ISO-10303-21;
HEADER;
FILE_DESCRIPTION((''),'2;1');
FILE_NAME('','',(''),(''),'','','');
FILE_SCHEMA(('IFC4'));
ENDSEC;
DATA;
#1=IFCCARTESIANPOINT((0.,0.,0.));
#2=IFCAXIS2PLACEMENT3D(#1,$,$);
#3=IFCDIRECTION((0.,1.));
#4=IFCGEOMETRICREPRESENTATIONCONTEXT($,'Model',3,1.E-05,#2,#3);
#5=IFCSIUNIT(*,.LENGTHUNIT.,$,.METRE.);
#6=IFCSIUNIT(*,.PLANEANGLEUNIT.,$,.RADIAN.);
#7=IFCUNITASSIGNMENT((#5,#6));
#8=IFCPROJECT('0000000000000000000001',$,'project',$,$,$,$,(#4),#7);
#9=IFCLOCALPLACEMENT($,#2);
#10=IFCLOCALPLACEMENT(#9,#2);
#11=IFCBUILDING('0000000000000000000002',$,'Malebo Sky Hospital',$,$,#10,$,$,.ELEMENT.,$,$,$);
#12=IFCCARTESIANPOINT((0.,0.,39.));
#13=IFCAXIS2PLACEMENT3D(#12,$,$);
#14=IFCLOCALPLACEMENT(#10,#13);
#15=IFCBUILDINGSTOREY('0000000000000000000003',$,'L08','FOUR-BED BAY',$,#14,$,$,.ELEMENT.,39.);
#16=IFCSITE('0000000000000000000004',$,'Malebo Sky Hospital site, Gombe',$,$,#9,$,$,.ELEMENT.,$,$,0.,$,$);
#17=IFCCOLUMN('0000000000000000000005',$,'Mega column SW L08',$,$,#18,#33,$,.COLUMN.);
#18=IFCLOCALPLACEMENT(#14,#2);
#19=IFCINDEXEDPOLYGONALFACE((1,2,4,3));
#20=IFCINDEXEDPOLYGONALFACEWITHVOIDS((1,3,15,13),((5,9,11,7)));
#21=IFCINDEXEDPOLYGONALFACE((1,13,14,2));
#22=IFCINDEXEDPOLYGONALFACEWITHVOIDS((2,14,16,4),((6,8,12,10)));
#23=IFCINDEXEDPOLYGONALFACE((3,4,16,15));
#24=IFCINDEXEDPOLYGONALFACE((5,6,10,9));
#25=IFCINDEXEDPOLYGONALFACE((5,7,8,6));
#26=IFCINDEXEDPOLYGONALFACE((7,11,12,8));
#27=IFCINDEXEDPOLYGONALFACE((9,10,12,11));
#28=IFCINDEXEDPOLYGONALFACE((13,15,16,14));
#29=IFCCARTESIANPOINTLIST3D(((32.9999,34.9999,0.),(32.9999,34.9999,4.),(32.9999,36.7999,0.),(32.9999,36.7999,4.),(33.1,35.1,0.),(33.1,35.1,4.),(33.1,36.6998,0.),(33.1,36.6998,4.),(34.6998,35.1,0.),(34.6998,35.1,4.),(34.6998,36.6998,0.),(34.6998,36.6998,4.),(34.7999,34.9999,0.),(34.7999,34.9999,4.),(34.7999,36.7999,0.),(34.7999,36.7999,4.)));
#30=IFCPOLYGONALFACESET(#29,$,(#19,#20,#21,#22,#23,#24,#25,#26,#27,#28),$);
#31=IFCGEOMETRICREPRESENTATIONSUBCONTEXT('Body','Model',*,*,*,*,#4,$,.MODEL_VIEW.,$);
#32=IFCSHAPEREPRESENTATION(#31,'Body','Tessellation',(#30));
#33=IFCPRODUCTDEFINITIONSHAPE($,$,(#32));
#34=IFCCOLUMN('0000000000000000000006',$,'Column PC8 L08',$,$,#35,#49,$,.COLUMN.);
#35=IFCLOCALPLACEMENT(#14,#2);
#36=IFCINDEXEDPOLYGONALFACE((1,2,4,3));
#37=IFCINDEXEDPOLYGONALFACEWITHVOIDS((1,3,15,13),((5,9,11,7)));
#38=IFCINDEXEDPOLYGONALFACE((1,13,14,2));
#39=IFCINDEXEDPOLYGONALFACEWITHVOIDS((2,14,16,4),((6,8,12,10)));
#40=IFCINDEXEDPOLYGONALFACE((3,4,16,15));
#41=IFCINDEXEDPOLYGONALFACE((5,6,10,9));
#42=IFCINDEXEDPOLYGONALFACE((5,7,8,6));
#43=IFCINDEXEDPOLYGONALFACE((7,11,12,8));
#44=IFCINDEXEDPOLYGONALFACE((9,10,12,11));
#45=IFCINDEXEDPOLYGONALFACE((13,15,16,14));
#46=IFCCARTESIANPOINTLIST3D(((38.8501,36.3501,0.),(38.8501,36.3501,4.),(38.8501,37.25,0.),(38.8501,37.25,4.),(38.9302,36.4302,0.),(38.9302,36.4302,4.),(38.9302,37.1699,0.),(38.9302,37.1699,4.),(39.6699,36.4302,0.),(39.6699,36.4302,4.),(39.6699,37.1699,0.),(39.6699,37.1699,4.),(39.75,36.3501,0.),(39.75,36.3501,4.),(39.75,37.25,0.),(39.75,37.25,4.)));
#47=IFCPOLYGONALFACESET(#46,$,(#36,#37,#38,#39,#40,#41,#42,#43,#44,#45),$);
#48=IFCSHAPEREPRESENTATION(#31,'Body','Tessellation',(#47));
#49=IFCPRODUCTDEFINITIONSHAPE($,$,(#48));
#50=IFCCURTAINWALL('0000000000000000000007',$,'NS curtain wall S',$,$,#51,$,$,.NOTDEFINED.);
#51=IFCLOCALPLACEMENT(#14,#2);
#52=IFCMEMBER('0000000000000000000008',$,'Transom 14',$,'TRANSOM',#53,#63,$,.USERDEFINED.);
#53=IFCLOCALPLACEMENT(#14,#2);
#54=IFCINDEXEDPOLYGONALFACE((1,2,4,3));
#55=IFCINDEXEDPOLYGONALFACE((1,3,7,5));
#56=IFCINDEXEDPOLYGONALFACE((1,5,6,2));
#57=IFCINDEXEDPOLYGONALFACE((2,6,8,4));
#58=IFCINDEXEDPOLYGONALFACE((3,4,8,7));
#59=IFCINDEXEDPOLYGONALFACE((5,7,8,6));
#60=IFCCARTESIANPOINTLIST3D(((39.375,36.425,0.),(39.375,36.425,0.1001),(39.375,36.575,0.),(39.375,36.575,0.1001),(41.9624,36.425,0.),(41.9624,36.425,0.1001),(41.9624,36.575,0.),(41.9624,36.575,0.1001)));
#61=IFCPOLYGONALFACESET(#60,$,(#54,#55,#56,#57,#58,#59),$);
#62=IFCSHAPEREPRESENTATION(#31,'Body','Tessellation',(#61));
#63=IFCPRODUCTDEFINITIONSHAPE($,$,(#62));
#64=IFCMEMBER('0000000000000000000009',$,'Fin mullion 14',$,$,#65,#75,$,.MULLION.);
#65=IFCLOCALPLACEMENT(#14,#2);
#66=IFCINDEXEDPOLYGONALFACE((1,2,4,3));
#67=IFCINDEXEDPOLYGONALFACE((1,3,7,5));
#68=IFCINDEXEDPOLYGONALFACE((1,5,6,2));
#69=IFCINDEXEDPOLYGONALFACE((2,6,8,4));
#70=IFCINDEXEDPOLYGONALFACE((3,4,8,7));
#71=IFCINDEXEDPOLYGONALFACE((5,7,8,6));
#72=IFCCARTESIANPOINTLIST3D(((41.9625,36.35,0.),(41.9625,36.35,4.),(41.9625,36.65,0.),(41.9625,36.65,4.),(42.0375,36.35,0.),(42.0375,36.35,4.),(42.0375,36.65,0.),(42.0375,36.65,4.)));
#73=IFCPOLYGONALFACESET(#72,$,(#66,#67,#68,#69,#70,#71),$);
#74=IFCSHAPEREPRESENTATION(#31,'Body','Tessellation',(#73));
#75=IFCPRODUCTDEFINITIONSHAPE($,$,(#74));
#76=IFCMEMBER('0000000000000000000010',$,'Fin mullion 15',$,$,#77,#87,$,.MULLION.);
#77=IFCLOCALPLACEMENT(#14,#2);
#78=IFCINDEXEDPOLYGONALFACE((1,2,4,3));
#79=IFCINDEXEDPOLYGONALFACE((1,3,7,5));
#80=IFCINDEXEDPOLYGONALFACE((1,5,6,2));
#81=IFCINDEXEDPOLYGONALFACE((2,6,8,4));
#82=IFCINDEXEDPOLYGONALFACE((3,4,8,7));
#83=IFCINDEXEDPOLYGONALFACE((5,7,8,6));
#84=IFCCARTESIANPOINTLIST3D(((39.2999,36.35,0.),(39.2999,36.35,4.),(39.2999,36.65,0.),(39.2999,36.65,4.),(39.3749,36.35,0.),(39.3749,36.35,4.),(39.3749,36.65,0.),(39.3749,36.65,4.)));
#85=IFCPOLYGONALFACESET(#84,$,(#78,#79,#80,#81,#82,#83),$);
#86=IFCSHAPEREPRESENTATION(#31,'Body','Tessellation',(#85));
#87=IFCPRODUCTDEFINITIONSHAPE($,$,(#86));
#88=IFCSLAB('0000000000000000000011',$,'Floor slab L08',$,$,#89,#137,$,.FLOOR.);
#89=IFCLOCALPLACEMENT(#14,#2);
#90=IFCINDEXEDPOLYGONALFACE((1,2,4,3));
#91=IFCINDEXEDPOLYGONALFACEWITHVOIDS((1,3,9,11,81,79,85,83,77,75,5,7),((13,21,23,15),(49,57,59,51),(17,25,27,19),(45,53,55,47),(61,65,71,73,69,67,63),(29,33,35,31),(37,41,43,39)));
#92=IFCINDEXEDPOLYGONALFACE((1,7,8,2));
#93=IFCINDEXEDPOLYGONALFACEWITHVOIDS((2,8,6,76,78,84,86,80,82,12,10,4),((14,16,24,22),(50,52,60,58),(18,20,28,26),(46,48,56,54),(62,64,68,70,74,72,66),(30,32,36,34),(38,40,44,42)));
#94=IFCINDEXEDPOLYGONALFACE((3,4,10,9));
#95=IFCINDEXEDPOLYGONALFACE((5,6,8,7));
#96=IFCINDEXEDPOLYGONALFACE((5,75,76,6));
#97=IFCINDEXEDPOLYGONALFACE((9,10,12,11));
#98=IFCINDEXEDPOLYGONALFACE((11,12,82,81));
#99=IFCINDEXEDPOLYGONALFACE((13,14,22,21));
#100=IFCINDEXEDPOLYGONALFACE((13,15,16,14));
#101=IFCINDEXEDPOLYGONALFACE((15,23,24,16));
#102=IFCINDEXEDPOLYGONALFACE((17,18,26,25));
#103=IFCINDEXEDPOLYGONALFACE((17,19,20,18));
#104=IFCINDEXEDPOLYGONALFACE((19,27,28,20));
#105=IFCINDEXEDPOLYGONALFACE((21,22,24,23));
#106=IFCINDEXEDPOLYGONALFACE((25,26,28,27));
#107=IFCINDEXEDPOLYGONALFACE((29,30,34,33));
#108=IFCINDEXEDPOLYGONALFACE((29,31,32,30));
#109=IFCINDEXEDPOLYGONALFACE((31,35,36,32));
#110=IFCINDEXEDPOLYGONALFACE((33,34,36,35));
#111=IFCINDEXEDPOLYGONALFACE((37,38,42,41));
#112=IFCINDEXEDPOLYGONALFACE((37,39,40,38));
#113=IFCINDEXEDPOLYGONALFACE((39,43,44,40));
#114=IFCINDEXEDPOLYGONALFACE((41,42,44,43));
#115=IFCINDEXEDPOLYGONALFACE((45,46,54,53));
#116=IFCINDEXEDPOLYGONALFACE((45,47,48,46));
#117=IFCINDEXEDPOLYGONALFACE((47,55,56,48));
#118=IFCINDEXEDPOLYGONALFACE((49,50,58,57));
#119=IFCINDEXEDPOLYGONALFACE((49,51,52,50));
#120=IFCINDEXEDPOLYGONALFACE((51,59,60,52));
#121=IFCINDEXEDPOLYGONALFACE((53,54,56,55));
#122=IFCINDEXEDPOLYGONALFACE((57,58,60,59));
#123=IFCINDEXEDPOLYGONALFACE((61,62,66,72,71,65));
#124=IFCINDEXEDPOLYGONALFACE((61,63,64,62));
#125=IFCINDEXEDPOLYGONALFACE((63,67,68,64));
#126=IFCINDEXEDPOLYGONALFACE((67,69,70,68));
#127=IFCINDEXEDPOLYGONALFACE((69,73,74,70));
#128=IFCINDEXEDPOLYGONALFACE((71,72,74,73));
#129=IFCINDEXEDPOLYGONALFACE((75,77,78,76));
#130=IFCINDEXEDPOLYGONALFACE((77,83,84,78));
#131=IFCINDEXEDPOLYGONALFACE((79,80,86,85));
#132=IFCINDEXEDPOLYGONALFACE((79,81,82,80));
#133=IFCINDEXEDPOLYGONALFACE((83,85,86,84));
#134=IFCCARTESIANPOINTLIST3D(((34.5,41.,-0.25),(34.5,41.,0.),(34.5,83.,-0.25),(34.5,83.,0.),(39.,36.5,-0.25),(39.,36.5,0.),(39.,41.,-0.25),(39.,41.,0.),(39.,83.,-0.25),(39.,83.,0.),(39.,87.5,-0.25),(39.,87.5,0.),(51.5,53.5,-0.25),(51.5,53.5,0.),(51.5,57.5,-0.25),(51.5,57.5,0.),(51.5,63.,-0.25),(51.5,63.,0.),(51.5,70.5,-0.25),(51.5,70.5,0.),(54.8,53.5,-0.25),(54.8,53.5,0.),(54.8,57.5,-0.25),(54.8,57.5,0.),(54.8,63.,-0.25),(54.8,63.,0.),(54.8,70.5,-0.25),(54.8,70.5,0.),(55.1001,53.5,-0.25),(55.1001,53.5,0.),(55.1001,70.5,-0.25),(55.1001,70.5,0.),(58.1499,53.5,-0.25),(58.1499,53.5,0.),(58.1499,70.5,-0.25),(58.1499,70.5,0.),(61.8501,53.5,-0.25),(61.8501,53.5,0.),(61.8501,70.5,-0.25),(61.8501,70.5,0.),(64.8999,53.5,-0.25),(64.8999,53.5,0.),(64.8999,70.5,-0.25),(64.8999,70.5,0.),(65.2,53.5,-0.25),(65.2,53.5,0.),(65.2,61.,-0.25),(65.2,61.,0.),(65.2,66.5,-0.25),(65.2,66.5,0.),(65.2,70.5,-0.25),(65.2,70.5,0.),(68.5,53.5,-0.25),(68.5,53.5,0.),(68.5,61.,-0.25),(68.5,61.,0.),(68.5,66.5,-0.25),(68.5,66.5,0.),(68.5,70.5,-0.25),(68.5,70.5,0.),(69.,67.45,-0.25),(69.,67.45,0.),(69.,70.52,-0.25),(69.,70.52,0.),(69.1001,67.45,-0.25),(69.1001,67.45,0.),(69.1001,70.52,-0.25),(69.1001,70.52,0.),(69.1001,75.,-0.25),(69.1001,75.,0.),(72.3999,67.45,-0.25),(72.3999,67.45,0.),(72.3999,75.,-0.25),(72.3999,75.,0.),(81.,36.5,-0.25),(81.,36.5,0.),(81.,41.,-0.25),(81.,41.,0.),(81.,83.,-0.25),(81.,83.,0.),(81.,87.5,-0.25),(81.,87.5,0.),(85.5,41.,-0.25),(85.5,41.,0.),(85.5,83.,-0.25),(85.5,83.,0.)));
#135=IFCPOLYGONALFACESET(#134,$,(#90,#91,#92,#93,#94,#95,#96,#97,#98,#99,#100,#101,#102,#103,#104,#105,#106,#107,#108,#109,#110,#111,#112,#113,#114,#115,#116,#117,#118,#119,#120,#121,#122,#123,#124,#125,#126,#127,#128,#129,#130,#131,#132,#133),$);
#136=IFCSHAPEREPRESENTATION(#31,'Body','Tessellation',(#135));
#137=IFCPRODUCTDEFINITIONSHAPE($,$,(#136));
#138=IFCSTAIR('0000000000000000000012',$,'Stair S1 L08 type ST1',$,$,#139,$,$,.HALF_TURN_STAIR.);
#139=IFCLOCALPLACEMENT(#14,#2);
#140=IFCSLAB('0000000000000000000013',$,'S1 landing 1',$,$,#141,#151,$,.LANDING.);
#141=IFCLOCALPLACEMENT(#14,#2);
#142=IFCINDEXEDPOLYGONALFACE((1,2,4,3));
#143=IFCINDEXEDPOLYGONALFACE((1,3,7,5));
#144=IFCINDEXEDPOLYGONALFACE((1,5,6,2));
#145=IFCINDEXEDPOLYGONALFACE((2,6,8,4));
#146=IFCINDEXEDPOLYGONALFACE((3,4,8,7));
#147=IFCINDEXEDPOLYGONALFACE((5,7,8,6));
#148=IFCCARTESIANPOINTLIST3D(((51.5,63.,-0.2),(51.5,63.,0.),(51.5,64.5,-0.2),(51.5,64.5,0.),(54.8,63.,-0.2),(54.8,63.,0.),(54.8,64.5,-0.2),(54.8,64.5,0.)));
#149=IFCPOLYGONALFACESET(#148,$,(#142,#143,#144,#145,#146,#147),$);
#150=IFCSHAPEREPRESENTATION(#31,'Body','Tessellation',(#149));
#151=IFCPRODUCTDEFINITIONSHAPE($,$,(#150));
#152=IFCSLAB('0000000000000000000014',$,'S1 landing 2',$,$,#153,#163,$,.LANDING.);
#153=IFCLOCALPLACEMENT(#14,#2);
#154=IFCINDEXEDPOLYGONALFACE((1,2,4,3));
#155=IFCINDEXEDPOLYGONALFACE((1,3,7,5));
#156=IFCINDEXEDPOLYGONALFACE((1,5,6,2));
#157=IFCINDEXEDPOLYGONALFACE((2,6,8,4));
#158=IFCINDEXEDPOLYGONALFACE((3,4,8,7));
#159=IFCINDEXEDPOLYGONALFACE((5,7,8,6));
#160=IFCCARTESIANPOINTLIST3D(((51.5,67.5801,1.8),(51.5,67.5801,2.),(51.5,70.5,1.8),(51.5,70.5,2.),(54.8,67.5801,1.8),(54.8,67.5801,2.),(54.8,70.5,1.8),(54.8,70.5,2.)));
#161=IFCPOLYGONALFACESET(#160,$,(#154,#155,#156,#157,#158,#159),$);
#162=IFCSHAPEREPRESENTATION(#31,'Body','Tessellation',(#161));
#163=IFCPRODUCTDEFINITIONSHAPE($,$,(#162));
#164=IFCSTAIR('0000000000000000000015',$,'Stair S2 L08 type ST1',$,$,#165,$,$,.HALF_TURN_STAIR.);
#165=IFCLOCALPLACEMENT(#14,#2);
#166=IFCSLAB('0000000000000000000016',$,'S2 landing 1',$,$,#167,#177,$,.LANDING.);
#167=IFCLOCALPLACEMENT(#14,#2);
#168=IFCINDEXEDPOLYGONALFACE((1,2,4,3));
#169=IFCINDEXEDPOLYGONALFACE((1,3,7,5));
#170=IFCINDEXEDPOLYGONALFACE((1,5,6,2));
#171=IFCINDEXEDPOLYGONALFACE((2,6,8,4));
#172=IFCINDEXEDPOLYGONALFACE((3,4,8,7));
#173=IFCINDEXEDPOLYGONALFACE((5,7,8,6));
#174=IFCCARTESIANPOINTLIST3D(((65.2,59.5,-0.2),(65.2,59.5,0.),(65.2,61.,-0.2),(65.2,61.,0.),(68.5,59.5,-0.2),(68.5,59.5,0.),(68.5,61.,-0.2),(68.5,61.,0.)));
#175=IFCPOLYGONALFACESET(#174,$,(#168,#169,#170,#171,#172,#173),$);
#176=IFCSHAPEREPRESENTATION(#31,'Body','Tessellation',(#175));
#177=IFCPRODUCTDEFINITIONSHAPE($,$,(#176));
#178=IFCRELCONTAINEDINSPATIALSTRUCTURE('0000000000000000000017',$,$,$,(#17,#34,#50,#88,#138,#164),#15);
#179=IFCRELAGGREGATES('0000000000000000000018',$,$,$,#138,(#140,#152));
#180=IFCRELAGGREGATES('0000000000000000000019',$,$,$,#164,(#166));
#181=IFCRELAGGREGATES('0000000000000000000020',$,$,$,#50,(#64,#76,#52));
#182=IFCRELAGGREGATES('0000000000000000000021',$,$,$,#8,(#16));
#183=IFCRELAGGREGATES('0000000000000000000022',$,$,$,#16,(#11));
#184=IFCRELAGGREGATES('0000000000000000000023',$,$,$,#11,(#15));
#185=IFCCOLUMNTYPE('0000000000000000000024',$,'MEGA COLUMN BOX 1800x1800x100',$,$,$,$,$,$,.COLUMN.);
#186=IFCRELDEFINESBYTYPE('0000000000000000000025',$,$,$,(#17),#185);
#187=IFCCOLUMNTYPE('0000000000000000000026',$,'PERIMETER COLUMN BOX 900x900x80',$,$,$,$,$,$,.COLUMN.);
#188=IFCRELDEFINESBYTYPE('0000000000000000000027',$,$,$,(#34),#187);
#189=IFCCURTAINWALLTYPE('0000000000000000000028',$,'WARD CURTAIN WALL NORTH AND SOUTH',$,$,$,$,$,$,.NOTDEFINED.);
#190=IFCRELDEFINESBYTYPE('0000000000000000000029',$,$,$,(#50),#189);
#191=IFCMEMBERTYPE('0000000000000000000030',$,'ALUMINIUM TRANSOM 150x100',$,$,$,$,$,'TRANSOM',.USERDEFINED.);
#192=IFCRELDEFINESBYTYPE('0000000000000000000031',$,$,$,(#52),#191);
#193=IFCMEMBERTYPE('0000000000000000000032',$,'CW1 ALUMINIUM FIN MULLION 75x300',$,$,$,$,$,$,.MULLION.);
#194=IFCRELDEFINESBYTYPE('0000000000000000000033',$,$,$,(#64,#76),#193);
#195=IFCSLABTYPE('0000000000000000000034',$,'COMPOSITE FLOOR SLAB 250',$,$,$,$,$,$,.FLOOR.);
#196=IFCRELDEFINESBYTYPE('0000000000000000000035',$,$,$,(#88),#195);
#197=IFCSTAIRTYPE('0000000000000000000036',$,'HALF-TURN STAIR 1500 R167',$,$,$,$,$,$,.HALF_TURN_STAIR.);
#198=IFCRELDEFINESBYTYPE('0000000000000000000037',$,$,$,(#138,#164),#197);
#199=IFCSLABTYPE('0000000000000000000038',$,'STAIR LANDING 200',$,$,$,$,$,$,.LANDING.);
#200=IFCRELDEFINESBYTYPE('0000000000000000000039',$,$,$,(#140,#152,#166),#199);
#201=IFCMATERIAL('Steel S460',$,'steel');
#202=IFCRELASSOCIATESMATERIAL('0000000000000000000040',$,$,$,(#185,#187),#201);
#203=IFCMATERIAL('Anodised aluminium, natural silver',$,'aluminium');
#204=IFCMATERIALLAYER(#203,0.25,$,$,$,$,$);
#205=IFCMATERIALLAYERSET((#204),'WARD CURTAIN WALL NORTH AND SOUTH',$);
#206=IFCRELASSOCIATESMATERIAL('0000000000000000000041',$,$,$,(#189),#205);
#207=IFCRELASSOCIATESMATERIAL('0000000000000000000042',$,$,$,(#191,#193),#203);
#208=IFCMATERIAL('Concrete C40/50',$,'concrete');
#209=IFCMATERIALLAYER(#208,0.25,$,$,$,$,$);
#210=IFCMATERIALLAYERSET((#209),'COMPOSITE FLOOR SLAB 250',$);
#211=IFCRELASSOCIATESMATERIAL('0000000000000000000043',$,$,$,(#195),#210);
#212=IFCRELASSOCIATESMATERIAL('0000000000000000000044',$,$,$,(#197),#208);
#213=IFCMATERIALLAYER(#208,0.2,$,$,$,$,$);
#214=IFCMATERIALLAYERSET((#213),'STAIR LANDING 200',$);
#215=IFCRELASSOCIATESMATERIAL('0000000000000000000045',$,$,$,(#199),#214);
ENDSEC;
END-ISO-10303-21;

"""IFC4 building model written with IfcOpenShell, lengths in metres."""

from ifc_helpers import new_model, si_unit, direction, frame, origin, origin_2d, place, context, subcontext, project, spatial, polyline, rectangle, hollow_rectangle, outline, extrude, material, layer, layer_set, material_profile, profile_set, type_object, element, aggregate, save


model = new_model("IFC4")

# Units and contexts
model_context = context("Model", 3, precision=1e-05, world=origin(), true_north=direction((0.0, 1.0)))
body_context = subcontext(model_context, "Body", "Model", "MODEL_VIEW")
ifc_project = project(units=[si_unit("LENGTHUNIT", "METRE"), si_unit("PLANEANGLEUNIT", "RADIAN")], contexts=[model_context])

# Site, building, storey
site_placement = place(None, origin())
site = spatial("IfcSite", under=ifc_project, at=site_placement, Name="Malebo Sky Hospital site, Gombe", CompositionType="ELEMENT", RefElevation=0.0)
building_placement = place(site_placement, origin())
building = spatial("IfcBuilding", under=site, at=building_placement, Name="Malebo Sky Hospital", CompositionType="ELEMENT")
storey_placement = place(building_placement, frame((0.0, 0.0, 39.0)))
storey = spatial("IfcBuildingStorey", under=building, at=storey_placement, Name="L08", Description="FOUR-BED BAY", CompositionType="ELEMENT", Elevation=39.0)

# Columns
ifc_material_1 = material(Name="Steel S460", Category="steel")
ifc_material_profile_1 = material_profile(ifc_material_1, hollow_rectangle(XDim=1.8, YDim=1.8, WallThickness=0.1001, at=origin_2d()), Name="BOX 1800x1800x100")
ifc_profile_set_1 = profile_set([ifc_material_profile_1], Name="Steel S460")
column_type_1 = type_object("IfcColumnType", Name="MEGA COLUMN BOX 1800x1800x100", PredefinedType="COLUMN", material=ifc_profile_set_1)
column_1_placement = place(storey_placement, frame((33.8999, 35.8999, 0.0), z_axis=(0.0, 0.0, 1.0), x_axis=(1.0, 0.0, 0.0)))
element("IfcColumn", 1, at=column_1_placement, inside=storey, type_object=column_type_1, Name="Mega column SW L08", PredefinedType="COLUMN", context=body_context, shape_type="SweptSolid", body=[
    extrude(hollow_rectangle(XDim=1.8, YDim=1.8, WallThickness=0.1001, at=origin_2d()), origin(), (0.0, 0.0, 1.0), 4.0),
])
ifc_material_profile_2 = material_profile(ifc_material_1, hollow_rectangle(XDim=0.8999, YDim=0.8999, WallThickness=0.0801, at=origin_2d()), Name="BOX 900x900x80")
ifc_profile_set_2 = profile_set([ifc_material_profile_2], Name="Steel S460")
column_type_2 = type_object("IfcColumnType", Name="PERIMETER COLUMN BOX 900x900x80", PredefinedType="COLUMN", material=ifc_profile_set_2)
column_2_placement = place(storey_placement, frame((39.3, 36.8, 0.0), z_axis=(0.0, 0.0, 1.0), x_axis=(1.0, 0.0, 0.0)))
element("IfcColumn", 2, at=column_2_placement, inside=storey, type_object=column_type_2, Name="Column PC8 L08", PredefinedType="COLUMN", context=body_context, shape_type="SweptSolid", body=[
    extrude(hollow_rectangle(XDim=0.8999, YDim=0.8999, WallThickness=0.0801, at=origin_2d()), origin(), (0.0, 0.0, 1.0), 4.0),
])

# Curtain wall, members
ifc_material_2 = material(Name="Anodised aluminium, natural silver", Category="aluminium")
ifc_layer_1 = layer(ifc_material_2, 0.25)
ifc_layer_set_1 = layer_set([ifc_layer_1], Name="WARD CURTAIN WALL NORTH AND SOUTH")
curtain_wall_type = type_object("IfcCurtainWallType", Name="WARD CURTAIN WALL NORTH AND SOUTH", PredefinedType="NOTDEFINED", material=ifc_layer_set_1)
curtain_wall_placement = place(storey_placement, origin())
curtain_wall = element("IfcCurtainWall", 3, at=curtain_wall_placement, inside=storey, type_object=curtain_wall_type, Name="NS curtain wall S", PredefinedType="NOTDEFINED")
ifc_material_profile_3 = material_profile(ifc_material_2, rectangle(XDim=0.1499, YDim=0.1001, at=origin_2d()), Name="ALUMINIUM TRANSOM 150x100")
ifc_profile_set_3 = profile_set([ifc_material_profile_3], Name="Anodised aluminium, natural silver")
member_type_1 = type_object("IfcMemberType", Name="ALUMINIUM TRANSOM 150x100", ElementType="TRANSOM", PredefinedType="USERDEFINED", material=ifc_profile_set_3)
member_1_placement = place(storey_placement, frame((41.9624, 36.5, 0.05), z_axis=(-1.0, 0.0, 0.0), x_axis=(0.0, -1.0, 0.0)))
member_1 = element("IfcMember", 4, at=member_1_placement, type_object=member_type_1, Name="Transom 14", ObjectType="TRANSOM", PredefinedType="USERDEFINED", context=body_context, shape_type="SweptSolid", body=[
    extrude(rectangle(XDim=0.1499, YDim=0.1001, at=origin_2d()), origin(), (0.0, 0.0, 1.0), 2.5874),
])
ifc_material_profile_4 = material_profile(ifc_material_2, rectangle(XDim=0.075, YDim=0.3, at=origin_2d()), Name="CW1 ALUMINIUM FIN MULLION 75x300")
ifc_profile_set_4 = profile_set([ifc_material_profile_4], Name="Anodised aluminium, natural silver")
member_type_2 = type_object("IfcMemberType", Name="CW1 ALUMINIUM FIN MULLION 75x300", PredefinedType="MULLION", material=ifc_profile_set_4)
member_2_placement = place(storey_placement, frame((42.0, 36.5, 0.0), z_axis=(0.0, 0.0, 1.0), x_axis=(-1.0, 0.0, 0.0)))
member_2 = element("IfcMember", 5, at=member_2_placement, type_object=member_type_2, Name="Fin mullion 14", PredefinedType="MULLION", context=body_context, shape_type="SweptSolid", body=[
    extrude(rectangle(XDim=0.075, YDim=0.3, at=origin_2d()), origin(), (0.0, 0.0, 1.0), 4.0),
])
member_3_placement = place(storey_placement, frame((39.3374, 36.5, 0.0), z_axis=(0.0, 0.0, 1.0), x_axis=(-1.0, 0.0, 0.0)))
member_3 = element("IfcMember", 6, at=member_3_placement, type_object=member_type_2, Name="Fin mullion 15", PredefinedType="MULLION", context=body_context, shape_type="SweptSolid", body=[
    extrude(rectangle(XDim=0.075, YDim=0.3, at=origin_2d()), origin(), (0.0, 0.0, 1.0), 4.0),
])

# Slab
ifc_material_3 = material(Name="Concrete C40/50", Category="concrete")
ifc_layer_2 = layer(ifc_material_3, 0.25)
ifc_layer_set_2 = layer_set([ifc_layer_2], Name="COMPOSITE FLOOR SLAB 250")
slab_type_1 = type_object("IfcSlabType", Name="COMPOSITE FLOOR SLAB 250", PredefinedType="FLOOR", material=ifc_layer_set_2)
slab_1_placement = place(storey_placement, frame((0.0, 0.0, -0.25)))
element("IfcSlab", 7, at=slab_1_placement, inside=storey, type_object=slab_type_1, Name="Floor slab L08", PredefinedType="FLOOR", context=body_context, shape_type="SweptSolid", body=[
    extrude(outline(polyline([(39.0, 87.5), (39.0, 83.0), (34.5, 83.0), (34.5, 41.0), (39.0, 41.0), (39.0, 36.5), (81.0, 36.5), (81.0, 41.0), (85.5, 41.0), (85.5, 83.0), (81.0, 83.0), (81.0, 87.5), (39.0, 87.5)]), holes=[polyline([(55.1001, 70.5), (58.1499, 70.5), (58.1499, 53.5), (55.1001, 53.5), (55.1001, 70.5)]), polyline([(64.8999, 70.5), (64.8999, 53.5), (61.8501, 53.5), (61.8501, 70.5), (64.8999, 70.5)]), polyline([(54.8, 63.0), (51.5, 63.0), (51.5, 70.5), (54.8, 70.5), (54.8, 63.0)]), polyline([(51.5, 53.5), (51.5, 57.5), (54.8, 57.5), (54.8, 53.5), (51.5, 53.5)]), polyline([(65.2, 61.0), (68.5, 61.0), (68.5, 53.5), (65.2, 53.5), (65.2, 61.0)]), polyline([(68.5, 70.5), (68.5, 66.5), (65.2, 66.5), (65.2, 70.5), (68.5, 70.5)]), polyline([(69.0, 67.45), (69.0, 70.52), (69.1001, 70.52), (69.1001, 75.0), (72.3999, 75.0), (72.3999, 67.45), (69.1001, 67.45), (69.0, 67.45)])]), origin(), (0.0, 0.0, 1.0), 0.25),
])

# Stairs, slabs
stair_type_1 = type_object("IfcStairType", Name="HALF-TURN STAIR 1500 R167", PredefinedType="HALF_TURN_STAIR", material=ifc_material_3)
stair_1_placement = place(storey_placement, origin())
stair_1 = element("IfcStair", 8, at=stair_1_placement, inside=storey, type_object=stair_type_1, Name="Stair S1 L08 type ST1", PredefinedType="HALF_TURN_STAIR")
ifc_layer_3 = layer(ifc_material_3, 0.2)
ifc_layer_set_3 = layer_set([ifc_layer_3], Name="STAIR LANDING 200")
slab_type_2 = type_object("IfcSlabType", Name="STAIR LANDING 200", PredefinedType="LANDING", material=ifc_layer_set_3)
slab_2_placement = place(storey_placement, frame((0.0, 0.0, -0.2)))
slab_2 = element("IfcSlab", 9, at=slab_2_placement, type_object=slab_type_2, Name="S1 landing 1", PredefinedType="LANDING", context=body_context, shape_type="SweptSolid", body=[
    extrude(outline(polyline([(51.5, 63.0), (54.8, 63.0), (54.8, 64.5), (51.5, 64.5), (51.5, 63.0)])), origin(), (0.0, 0.0, 1.0), 0.2),
])
slab_3_placement = place(storey_placement, frame((0.0, 0.0, 1.8)))
slab_3 = element("IfcSlab", 10, at=slab_3_placement, type_object=slab_type_2, Name="S1 landing 2", PredefinedType="LANDING", context=body_context, shape_type="SweptSolid", body=[
    extrude(outline(polyline([(51.5, 67.5801), (54.8, 67.5801), (54.8, 70.5), (51.5, 70.5), (51.5, 67.5801)])), origin(), (0.0, 0.0, 1.0), 0.2),
])
aggregate(stair_1, [slab_2, slab_3])
stair_2_placement = place(storey_placement, origin())
stair_2 = element("IfcStair", 11, at=stair_2_placement, inside=storey, type_object=stair_type_1, Name="Stair S2 L08 type ST1", PredefinedType="HALF_TURN_STAIR")
slab_4_placement = place(storey_placement, frame((0.0, 0.0, -0.2)))
slab_4 = element("IfcSlab", 12, at=slab_4_placement, type_object=slab_type_2, Name="S2 landing 1", PredefinedType="LANDING", context=body_context, shape_type="SweptSolid", body=[
    extrude(outline(polyline([(65.2, 59.5), (68.5, 59.5), (68.5, 61.0), (65.2, 61.0), (65.2, 59.5)])), origin(), (0.0, 0.0, 1.0), 0.2),
])
aggregate(stair_2, [slab_4])

aggregate(curtain_wall, [member_2, member_3, member_1])

save(model, "model.ifc")
